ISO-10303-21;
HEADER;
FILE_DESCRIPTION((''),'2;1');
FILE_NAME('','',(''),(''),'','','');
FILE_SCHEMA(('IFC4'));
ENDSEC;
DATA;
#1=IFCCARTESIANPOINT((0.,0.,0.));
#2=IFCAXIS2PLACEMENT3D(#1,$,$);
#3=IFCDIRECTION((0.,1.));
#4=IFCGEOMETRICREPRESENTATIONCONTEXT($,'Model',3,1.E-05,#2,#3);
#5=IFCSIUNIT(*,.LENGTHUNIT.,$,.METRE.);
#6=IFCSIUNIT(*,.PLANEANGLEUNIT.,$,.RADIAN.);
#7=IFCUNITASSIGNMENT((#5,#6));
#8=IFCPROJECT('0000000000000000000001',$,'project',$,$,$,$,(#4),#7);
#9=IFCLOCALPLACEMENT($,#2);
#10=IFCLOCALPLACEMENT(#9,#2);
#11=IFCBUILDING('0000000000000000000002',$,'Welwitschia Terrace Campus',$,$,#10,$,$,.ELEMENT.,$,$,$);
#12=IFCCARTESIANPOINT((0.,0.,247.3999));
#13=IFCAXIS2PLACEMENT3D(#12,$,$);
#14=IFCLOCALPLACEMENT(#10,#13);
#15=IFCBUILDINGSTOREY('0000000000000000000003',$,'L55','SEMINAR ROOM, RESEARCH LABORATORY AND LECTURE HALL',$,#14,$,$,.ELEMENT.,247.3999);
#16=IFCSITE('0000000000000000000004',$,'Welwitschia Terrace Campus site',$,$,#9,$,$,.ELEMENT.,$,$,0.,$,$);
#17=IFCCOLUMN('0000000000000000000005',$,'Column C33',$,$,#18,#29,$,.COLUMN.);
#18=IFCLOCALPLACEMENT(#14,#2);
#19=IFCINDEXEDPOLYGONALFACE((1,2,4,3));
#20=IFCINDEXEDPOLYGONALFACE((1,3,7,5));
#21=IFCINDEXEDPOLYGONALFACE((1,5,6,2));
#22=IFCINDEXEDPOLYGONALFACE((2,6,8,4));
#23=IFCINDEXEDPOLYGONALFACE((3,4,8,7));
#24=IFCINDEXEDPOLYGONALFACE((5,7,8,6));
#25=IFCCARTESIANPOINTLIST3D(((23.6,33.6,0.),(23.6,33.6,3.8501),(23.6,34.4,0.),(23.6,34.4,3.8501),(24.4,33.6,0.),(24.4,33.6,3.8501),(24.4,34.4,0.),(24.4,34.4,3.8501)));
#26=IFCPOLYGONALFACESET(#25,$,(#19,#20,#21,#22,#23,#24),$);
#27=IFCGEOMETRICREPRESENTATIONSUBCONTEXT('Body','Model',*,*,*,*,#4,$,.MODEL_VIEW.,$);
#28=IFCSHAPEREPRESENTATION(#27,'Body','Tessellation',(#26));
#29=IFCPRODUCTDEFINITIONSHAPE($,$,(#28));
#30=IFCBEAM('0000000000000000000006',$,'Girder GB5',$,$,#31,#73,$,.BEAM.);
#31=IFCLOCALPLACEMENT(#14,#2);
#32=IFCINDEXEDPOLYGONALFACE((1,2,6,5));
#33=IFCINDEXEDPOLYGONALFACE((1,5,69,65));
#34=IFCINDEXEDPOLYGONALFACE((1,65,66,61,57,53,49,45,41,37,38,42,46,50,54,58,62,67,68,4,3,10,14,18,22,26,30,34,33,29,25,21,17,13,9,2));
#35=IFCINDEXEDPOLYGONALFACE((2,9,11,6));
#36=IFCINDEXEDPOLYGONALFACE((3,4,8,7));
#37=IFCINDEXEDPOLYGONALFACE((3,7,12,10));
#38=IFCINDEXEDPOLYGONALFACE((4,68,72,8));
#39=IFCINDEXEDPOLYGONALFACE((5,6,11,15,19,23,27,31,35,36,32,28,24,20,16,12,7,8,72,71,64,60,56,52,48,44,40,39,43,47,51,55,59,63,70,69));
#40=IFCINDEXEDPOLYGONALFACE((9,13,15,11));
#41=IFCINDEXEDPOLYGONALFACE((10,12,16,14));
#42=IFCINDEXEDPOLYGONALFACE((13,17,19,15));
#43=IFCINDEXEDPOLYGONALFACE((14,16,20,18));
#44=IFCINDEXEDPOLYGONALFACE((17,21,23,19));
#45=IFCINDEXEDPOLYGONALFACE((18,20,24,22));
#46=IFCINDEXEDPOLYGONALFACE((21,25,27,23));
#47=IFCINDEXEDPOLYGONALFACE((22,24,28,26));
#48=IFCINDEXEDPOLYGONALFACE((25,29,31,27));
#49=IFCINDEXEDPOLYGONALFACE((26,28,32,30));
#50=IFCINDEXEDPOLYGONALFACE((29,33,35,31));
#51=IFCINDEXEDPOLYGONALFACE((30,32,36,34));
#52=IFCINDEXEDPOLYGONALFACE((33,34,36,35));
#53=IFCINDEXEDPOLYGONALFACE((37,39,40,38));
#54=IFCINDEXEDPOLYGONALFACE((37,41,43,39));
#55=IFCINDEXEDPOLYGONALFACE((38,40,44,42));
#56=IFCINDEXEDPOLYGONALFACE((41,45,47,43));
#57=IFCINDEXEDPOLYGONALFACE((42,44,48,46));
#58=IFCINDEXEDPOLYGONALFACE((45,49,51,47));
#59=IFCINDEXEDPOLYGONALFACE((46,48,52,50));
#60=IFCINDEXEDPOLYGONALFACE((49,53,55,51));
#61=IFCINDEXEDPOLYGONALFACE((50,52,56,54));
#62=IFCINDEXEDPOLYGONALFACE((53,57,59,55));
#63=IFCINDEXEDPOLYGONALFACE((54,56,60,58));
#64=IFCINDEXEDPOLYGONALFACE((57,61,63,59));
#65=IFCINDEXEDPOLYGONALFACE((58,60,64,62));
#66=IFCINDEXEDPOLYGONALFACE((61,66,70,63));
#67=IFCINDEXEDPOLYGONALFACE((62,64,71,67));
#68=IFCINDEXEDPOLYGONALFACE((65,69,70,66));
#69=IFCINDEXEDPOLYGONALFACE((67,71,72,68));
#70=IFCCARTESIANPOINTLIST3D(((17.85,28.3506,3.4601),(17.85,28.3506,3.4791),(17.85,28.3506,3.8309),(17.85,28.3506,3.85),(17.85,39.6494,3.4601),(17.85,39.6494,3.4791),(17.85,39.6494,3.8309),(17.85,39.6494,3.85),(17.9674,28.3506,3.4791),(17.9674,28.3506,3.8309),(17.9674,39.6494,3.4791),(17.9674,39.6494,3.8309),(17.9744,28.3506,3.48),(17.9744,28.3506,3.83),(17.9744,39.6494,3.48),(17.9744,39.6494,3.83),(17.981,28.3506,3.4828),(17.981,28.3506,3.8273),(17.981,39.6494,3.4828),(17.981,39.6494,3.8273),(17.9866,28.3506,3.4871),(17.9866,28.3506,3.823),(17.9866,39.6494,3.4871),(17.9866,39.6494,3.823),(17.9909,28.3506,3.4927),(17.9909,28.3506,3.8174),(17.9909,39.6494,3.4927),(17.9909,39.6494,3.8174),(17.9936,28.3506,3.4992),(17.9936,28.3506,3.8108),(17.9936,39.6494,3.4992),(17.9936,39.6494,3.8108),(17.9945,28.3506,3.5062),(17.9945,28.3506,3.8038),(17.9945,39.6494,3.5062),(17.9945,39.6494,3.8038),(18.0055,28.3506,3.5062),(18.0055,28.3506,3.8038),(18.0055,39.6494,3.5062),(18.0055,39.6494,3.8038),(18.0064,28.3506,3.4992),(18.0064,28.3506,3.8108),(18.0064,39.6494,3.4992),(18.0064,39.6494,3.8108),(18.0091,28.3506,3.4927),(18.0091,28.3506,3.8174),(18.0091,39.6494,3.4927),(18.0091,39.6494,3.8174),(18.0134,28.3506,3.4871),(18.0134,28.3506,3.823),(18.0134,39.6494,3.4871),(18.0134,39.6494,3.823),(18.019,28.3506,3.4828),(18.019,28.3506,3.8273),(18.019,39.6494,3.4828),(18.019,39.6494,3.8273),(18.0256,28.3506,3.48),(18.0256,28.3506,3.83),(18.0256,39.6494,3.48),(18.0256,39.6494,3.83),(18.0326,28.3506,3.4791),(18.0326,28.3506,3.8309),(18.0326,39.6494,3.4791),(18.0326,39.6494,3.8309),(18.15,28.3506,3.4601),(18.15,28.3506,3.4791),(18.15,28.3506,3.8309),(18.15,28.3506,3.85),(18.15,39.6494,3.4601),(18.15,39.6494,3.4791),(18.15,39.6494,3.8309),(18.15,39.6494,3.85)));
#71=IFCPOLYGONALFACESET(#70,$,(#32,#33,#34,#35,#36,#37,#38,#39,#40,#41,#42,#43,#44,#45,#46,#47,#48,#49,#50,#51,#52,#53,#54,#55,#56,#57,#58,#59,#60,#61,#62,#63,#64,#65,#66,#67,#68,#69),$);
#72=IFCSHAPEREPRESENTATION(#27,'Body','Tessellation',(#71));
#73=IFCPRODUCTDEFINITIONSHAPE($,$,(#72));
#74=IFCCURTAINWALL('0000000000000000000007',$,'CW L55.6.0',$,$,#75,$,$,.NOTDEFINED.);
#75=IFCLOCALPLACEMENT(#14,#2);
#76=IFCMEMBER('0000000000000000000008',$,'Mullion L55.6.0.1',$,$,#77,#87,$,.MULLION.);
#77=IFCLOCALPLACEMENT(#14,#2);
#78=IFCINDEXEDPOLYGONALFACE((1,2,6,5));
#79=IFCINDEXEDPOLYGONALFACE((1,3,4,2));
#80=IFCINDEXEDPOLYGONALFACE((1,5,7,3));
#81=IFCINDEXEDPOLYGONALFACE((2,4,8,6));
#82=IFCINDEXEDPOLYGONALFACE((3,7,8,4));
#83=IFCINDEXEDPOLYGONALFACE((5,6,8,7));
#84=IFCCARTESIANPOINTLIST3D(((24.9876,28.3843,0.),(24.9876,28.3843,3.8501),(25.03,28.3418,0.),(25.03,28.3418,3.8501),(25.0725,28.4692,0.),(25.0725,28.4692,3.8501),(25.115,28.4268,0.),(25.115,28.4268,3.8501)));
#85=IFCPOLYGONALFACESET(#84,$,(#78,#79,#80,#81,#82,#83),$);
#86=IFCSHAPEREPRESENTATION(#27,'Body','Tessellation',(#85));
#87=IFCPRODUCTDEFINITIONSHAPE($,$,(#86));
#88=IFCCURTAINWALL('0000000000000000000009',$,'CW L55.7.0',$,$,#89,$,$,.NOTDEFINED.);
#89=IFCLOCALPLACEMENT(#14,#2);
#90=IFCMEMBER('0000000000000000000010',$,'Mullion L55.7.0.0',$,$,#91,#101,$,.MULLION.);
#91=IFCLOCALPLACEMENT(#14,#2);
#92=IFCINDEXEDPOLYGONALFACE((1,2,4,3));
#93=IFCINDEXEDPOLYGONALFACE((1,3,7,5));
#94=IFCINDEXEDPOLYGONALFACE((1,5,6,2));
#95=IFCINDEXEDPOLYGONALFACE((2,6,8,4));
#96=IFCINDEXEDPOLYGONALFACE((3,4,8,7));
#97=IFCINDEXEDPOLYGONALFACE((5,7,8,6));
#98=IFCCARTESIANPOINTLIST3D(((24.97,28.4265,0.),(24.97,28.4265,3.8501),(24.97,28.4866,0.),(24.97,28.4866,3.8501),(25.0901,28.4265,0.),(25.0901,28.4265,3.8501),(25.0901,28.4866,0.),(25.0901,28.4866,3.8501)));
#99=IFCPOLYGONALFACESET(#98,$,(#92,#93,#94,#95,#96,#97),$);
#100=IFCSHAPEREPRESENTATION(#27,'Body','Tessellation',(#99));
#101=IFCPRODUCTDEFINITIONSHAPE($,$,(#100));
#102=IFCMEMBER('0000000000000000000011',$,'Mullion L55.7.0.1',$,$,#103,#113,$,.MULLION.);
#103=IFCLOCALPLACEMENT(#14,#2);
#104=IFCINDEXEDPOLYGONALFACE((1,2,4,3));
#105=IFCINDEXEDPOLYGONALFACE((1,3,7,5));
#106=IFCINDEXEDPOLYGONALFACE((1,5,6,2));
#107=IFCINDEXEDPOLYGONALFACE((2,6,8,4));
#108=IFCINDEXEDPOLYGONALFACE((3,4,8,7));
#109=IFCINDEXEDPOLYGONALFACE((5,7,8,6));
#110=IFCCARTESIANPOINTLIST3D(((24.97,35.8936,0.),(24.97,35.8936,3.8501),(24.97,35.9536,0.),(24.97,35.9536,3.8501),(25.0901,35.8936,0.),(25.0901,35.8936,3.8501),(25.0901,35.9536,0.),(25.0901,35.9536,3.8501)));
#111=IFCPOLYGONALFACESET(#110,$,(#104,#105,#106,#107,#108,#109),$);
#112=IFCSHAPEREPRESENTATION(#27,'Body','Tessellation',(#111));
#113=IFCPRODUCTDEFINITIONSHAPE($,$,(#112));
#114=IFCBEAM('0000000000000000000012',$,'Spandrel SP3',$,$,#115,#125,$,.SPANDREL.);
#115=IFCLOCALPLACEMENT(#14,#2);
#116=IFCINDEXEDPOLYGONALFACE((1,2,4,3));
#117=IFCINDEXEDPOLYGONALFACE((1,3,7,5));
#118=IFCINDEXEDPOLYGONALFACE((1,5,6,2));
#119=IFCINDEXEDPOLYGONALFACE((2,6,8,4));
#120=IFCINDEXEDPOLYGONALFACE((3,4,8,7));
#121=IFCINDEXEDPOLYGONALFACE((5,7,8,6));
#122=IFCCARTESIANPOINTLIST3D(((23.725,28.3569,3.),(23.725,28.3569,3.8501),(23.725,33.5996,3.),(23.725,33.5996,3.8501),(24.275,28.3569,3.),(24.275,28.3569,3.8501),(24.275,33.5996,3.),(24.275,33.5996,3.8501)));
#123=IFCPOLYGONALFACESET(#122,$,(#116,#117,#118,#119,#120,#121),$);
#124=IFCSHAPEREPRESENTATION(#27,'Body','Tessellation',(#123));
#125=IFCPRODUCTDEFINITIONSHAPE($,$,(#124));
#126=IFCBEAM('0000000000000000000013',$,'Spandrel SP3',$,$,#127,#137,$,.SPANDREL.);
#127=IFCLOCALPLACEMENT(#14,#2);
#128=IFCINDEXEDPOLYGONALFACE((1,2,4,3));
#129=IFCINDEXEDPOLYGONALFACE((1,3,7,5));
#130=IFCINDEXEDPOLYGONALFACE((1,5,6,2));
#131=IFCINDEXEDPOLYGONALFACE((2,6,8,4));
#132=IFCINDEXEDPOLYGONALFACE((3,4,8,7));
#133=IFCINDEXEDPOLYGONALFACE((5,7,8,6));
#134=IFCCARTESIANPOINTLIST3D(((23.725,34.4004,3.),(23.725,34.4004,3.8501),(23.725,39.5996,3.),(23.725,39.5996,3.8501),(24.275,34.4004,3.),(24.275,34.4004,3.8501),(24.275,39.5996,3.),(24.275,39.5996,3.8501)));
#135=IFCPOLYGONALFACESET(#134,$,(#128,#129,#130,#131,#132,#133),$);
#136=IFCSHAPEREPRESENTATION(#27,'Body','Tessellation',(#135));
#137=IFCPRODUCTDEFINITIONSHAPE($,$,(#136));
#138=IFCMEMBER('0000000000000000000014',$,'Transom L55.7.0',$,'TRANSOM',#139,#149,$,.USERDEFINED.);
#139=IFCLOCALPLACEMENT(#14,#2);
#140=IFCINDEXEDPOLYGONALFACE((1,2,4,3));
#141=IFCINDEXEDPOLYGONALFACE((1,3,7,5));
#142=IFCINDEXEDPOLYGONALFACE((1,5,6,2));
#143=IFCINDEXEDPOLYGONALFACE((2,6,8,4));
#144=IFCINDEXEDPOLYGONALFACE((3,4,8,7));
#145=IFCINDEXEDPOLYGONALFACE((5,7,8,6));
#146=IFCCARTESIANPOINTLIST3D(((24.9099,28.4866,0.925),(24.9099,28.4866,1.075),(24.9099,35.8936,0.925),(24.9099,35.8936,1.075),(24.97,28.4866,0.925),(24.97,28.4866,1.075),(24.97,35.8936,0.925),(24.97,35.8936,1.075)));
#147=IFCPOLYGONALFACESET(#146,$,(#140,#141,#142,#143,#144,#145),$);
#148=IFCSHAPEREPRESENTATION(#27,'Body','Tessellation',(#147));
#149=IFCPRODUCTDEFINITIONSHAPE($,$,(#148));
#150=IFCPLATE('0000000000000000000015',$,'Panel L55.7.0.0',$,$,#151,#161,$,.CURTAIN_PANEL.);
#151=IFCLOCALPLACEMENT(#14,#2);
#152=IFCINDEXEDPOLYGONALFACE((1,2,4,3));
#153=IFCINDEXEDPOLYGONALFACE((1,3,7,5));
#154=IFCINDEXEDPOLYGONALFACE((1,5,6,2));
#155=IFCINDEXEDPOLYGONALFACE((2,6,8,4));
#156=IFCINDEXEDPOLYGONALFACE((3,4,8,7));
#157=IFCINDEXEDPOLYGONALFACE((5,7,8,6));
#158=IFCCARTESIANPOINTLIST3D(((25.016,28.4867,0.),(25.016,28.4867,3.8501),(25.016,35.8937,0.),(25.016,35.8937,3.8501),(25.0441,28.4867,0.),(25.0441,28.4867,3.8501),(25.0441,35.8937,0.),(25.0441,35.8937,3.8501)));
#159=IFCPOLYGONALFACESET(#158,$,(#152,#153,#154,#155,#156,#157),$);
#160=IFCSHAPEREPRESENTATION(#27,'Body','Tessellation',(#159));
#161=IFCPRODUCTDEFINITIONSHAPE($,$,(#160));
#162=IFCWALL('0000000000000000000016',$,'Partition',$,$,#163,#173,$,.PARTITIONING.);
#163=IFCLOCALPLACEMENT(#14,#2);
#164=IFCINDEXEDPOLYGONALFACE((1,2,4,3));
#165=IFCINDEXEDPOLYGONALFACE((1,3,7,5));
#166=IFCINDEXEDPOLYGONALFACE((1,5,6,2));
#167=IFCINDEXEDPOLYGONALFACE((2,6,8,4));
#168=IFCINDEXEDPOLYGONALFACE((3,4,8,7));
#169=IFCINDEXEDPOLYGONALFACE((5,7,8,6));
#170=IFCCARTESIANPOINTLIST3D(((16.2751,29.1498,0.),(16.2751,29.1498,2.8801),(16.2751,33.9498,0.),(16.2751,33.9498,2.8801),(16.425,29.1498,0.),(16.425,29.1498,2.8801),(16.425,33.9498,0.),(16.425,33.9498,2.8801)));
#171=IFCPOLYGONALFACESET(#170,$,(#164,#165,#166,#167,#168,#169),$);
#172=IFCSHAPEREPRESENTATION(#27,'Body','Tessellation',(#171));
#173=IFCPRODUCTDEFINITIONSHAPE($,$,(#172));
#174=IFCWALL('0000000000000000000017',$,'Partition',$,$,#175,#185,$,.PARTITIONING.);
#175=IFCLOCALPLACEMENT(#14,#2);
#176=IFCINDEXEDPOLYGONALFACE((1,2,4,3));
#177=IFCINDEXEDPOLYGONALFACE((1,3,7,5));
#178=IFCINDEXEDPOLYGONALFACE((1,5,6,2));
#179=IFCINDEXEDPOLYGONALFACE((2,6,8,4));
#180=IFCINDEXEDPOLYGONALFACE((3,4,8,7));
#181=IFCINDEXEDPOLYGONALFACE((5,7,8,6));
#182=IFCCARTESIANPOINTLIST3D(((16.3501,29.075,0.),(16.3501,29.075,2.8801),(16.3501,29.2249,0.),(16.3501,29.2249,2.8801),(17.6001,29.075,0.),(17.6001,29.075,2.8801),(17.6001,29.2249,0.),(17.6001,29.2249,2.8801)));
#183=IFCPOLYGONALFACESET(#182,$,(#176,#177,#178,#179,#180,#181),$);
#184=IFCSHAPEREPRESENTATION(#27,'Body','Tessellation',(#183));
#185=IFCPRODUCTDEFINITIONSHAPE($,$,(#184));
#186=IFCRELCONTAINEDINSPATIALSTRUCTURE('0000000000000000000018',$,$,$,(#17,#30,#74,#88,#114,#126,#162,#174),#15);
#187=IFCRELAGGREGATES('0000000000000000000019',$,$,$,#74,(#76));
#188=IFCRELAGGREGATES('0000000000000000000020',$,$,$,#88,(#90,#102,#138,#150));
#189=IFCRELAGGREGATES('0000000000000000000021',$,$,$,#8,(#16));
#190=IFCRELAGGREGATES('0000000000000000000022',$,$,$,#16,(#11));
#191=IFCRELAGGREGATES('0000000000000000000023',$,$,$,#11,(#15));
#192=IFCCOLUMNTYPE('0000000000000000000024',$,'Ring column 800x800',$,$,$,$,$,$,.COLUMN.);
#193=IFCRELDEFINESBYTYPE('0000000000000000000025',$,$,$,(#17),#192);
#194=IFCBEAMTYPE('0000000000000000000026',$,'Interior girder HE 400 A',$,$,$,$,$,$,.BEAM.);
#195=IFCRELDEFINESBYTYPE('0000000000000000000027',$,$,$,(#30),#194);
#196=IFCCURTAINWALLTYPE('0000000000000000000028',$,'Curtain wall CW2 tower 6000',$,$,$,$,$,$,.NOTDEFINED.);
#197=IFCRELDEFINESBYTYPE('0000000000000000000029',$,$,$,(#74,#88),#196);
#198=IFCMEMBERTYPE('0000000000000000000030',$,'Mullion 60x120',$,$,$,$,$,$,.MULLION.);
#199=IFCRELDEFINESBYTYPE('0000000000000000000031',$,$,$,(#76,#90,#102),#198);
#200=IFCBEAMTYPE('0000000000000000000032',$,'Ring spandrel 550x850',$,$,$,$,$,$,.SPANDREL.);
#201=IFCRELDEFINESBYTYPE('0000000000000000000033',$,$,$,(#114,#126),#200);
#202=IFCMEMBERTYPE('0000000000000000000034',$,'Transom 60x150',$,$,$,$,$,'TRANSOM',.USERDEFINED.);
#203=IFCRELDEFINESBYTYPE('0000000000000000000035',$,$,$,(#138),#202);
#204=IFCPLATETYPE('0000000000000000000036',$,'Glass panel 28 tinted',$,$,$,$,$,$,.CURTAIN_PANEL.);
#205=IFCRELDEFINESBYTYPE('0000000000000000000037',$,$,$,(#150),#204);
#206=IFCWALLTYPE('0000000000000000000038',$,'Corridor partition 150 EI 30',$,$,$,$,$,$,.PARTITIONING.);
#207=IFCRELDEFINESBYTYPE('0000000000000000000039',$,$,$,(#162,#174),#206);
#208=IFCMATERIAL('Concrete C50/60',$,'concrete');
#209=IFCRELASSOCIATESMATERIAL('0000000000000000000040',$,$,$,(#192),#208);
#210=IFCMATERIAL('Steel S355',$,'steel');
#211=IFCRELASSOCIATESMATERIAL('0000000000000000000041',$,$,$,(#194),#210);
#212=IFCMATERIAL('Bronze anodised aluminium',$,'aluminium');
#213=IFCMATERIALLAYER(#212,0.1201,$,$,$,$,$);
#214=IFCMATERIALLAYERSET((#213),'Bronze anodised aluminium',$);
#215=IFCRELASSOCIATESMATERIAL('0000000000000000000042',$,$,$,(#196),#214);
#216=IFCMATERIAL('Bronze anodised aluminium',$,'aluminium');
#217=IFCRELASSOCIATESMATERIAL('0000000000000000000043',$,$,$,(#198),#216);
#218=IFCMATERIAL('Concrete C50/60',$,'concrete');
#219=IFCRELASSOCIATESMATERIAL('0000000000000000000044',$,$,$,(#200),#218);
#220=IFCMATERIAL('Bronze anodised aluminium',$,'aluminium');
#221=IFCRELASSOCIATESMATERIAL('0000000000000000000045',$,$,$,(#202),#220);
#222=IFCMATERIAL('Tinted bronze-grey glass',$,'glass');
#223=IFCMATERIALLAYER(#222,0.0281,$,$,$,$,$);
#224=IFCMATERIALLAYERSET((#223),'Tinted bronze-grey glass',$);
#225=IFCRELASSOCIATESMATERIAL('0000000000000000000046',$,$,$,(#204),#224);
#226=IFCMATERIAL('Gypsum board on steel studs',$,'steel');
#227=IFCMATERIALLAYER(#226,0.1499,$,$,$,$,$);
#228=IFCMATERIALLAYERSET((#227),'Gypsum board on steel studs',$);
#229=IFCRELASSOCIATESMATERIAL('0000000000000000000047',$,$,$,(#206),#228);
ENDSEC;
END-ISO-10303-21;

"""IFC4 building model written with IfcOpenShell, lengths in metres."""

from ifc_helpers import new_model, si_unit, direction, frame, frame_2d, origin, origin_2d, place, context, subcontext, project, spatial, rectangle, i_section, extrude, material, layer, layer_set, material_profile, profile_set, type_object, element, aggregate, save


model = new_model("IFC4")

# Units and contexts
model_context = context("Model", 3, precision=1e-05, world=origin(), true_north=direction((0.0, 1.0)))
body_context = subcontext(model_context, "Body", "Model", "MODEL_VIEW")
ifc_project = project(units=[si_unit("LENGTHUNIT", "METRE"), si_unit("PLANEANGLEUNIT", "RADIAN")], contexts=[model_context])

# Site, building, storey
site_placement = place(None, origin())
site = spatial("IfcSite", under=ifc_project, at=site_placement, Name="Welwitschia Terrace Campus site", CompositionType="ELEMENT", RefElevation=0.0)
building_placement = place(site_placement, origin())
building = spatial("IfcBuilding", under=site, at=building_placement, Name="Welwitschia Terrace Campus", CompositionType="ELEMENT")
storey_placement = place(building_placement, frame((0.0, 0.0, 247.3999)))
storey = spatial("IfcBuildingStorey", under=building, at=storey_placement, Name="L55", Description="SEMINAR ROOM, RESEARCH LABORATORY AND LECTURE HALL", CompositionType="ELEMENT", Elevation=247.3999)

# Column
ifc_material_1 = material(Name="Concrete C50/60", Category="concrete")
ifc_material_profile_1 = material_profile(ifc_material_1, rectangle(XDim=0.8, YDim=0.8, at=origin_2d()))
ifc_profile_set_1 = profile_set([ifc_material_profile_1], Name="Concrete C50/60")
column_type = type_object("IfcColumnType", Name="Ring column 800x800", PredefinedType="COLUMN", material=ifc_profile_set_1)
column_placement = place(storey_placement, frame((24.0, 34.0, 0.0), z_axis=(0.0, 0.0, 1.0), x_axis=(1.0, 0.0, 0.0)))
element("IfcColumn", 1, at=column_placement, inside=storey, type_object=column_type, Name="Column C33", PredefinedType="COLUMN", context=body_context, shape_type="SweptSolid", body=[
    extrude(rectangle(XDim=0.8, YDim=0.8, at=origin_2d()), origin(), (0.0, 0.0, 1.0), 3.8501),
])

# Beam
ifc_material_2 = material(Name="Steel S355", Category="steel")
ifc_material_profile_2 = material_profile(ifc_material_2, i_section(OverallWidth=0.3, OverallDepth=0.3899, WebThickness=0.011, FlangeThickness=0.019, FilletRadius=0.0271, at=origin_2d()))
ifc_profile_set_2 = profile_set([ifc_material_profile_2], Name="Steel S355")
beam_type_1 = type_object("IfcBeamType", Name="Interior girder HE 400 A", PredefinedType="BEAM", material=ifc_profile_set_2)
beam_1_placement = place(storey_placement, frame((18.0, 28.3506, 3.655), z_axis=(0.0, 1.0, 0.0), x_axis=(-1.0, 0.0, 0.0)))
element("IfcBeam", 2, at=beam_1_placement, inside=storey, type_object=beam_type_1, Name="Girder GB5", PredefinedType="BEAM", context=body_context, shape_type="SweptSolid", body=[
    extrude(i_section(OverallWidth=0.3, OverallDepth=0.3899, WebThickness=0.011, FlangeThickness=0.019, FilletRadius=0.0271, at=origin_2d()), origin(), (0.0, 0.0, 1.0), 11.2988),
])

# Curtain wall, member
ifc_material_3 = material(Name="Bronze anodised aluminium", Category="aluminium")
ifc_layer_1 = layer(ifc_material_3, 0.1201)
ifc_layer_set_1 = layer_set([ifc_layer_1], Name="Bronze anodised aluminium")
curtain_wall_type = type_object("IfcCurtainWallType", Name="Curtain wall CW2 tower 6000", PredefinedType="NOTDEFINED", material=ifc_layer_set_1)
curtain_wall_1_placement = place(storey_placement, origin())
curtain_wall_1 = element("IfcCurtainWall", 3, at=curtain_wall_1_placement, inside=storey, type_object=curtain_wall_type, Name="CW L55.6.0", PredefinedType="NOTDEFINED")
ifc_material_4 = material(Name="Bronze anodised aluminium", Category="aluminium")
ifc_material_profile_3 = material_profile(ifc_material_4, rectangle(XDim=0.1201, YDim=0.0601, at=origin_2d()))
ifc_profile_set_3 = profile_set([ifc_material_profile_3], Name="Bronze anodised aluminium")
member_type_1 = type_object("IfcMemberType", Name="Mullion 60x120", PredefinedType="MULLION", material=ifc_profile_set_3)
member_1_placement = place(storey_placement, frame((25.0513, 28.4055, 0.0), z_axis=(0.0, 0.0, 1.0), x_axis=(-0.707107, -0.707107, 0.0)))
member_1 = element("IfcMember", 4, at=member_1_placement, type_object=member_type_1, Name="Mullion L55.6.0.1", PredefinedType="MULLION", context=body_context, shape_type="SweptSolid", body=[
    extrude(rectangle(XDim=0.1201, YDim=0.0601, at=origin_2d()), origin(), (0.0, 0.0, 1.0), 3.8501),
])
aggregate(curtain_wall_1, [member_1])

# Curtain wall, members
curtain_wall_2_placement = place(storey_placement, origin())
curtain_wall_2 = element("IfcCurtainWall", 5, at=curtain_wall_2_placement, inside=storey, type_object=curtain_wall_type, Name="CW L55.7.0", PredefinedType="NOTDEFINED")
member_2_placement = place(storey_placement, frame((25.03, 28.4565, 0.0), z_axis=(0.0, 0.0, 1.0), x_axis=(-1.0, 0.0, 0.0)))
member_2 = element("IfcMember", 6, at=member_2_placement, type_object=member_type_1, Name="Mullion L55.7.0.0", PredefinedType="MULLION", context=body_context, shape_type="SweptSolid", body=[
    extrude(rectangle(XDim=0.1201, YDim=0.0601, at=origin_2d()), origin(), (0.0, 0.0, 1.0), 3.8501),
])
member_3_placement = place(storey_placement, frame((25.03, 35.9236, 0.0), z_axis=(0.0, 0.0, 1.0), x_axis=(-1.0, 0.0, 0.0)))
member_3 = element("IfcMember", 7, at=member_3_placement, type_object=member_type_1, Name="Mullion L55.7.0.1", PredefinedType="MULLION", context=body_context, shape_type="SweptSolid", body=[
    extrude(rectangle(XDim=0.1201, YDim=0.0601, at=origin_2d()), origin(), (0.0, 0.0, 1.0), 3.8501),
])

# Beams
ifc_material_5 = material(Name="Concrete C50/60", Category="concrete")
ifc_material_profile_4 = material_profile(ifc_material_5, rectangle(XDim=0.55, YDim=0.8501, at=origin_2d()))
ifc_profile_set_4 = profile_set([ifc_material_profile_4], Name="Concrete C50/60")
beam_type_2 = type_object("IfcBeamType", Name="Ring spandrel 550x850", PredefinedType="SPANDREL", material=ifc_profile_set_4)
beam_2_placement = place(storey_placement, frame((24.0, 28.3569, 3.425), z_axis=(0.0, 1.0, 0.0), x_axis=(-1.0, 0.0, 0.0)))
element("IfcBeam", 8, at=beam_2_placement, inside=storey, type_object=beam_type_2, Name="Spandrel SP3", PredefinedType="SPANDREL", context=body_context, shape_type="SweptSolid", body=[
    extrude(rectangle(XDim=0.55, YDim=0.8501, at=origin_2d()), origin(), (0.0, 0.0, 1.0), 5.2427),
])
beam_3_placement = place(storey_placement, frame((24.0, 34.4004, 3.425), z_axis=(0.0, 1.0, 0.0), x_axis=(-1.0, 0.0, 0.0)))
element("IfcBeam", 9, at=beam_3_placement, inside=storey, type_object=beam_type_2, Name="Spandrel SP3", PredefinedType="SPANDREL", context=body_context, shape_type="SweptSolid", body=[
    extrude(rectangle(XDim=0.55, YDim=0.8501, at=origin_2d()), origin(), (0.0, 0.0, 1.0), 5.1992),
])

# Member
ifc_material_6 = material(Name="Bronze anodised aluminium", Category="aluminium")
ifc_material_profile_5 = material_profile(ifc_material_6, rectangle(XDim=0.0601, YDim=0.1499, at=origin_2d()))
ifc_profile_set_5 = profile_set([ifc_material_profile_5], Name="Bronze anodised aluminium")
member_type_2 = type_object("IfcMemberType", Name="Transom 60x150", ElementType="TRANSOM", PredefinedType="USERDEFINED", material=ifc_profile_set_5)
member_4_placement = place(storey_placement, frame((24.9399, 28.4866, 1.0), z_axis=(0.0, 1.0, 0.0), x_axis=(-1.0, 0.0, 0.0)))
member_4 = element("IfcMember", 10, at=member_4_placement, type_object=member_type_2, Name="Transom L55.7.0", ObjectType="TRANSOM", PredefinedType="USERDEFINED", context=body_context, shape_type="SweptSolid", body=[
    extrude(rectangle(XDim=0.0601, YDim=0.1499, at=origin_2d()), origin(), (0.0, 0.0, 1.0), 7.407),
])

# Plate
ifc_material_7 = material(Name="Tinted bronze-grey glass", Category="glass")
ifc_layer_2 = layer(ifc_material_7, 0.0281)
ifc_layer_set_2 = layer_set([ifc_layer_2], Name="Tinted bronze-grey glass")
plate_type = type_object("IfcPlateType", Name="Glass panel 28 tinted", PredefinedType="CURTAIN_PANEL", material=ifc_layer_set_2)
plate_placement = place(storey_placement, frame((25.03, 32.1902, 0.0), z_axis=(0.0, 0.0, 1.0), x_axis=(0.0, 1.0, 0.0)))
plate = element("IfcPlate", 11, at=plate_placement, type_object=plate_type, Name="Panel L55.7.0.0", PredefinedType="CURTAIN_PANEL", context=body_context, shape_type="SweptSolid", body=[
    extrude(rectangle(XDim=7.407, YDim=0.0281, at=origin_2d()), origin(), (0.0, 0.0, 1.0), 3.8501),
])
aggregate(curtain_wall_2, [member_2, member_3, member_4, plate])

# Walls
ifc_material_8 = material(Name="Gypsum board on steel studs", Category="steel")
ifc_layer_3 = layer(ifc_material_8, 0.1499)
ifc_layer_set_3 = layer_set([ifc_layer_3], Name="Gypsum board on steel studs")
wall_type = type_object("IfcWallType", Name="Corridor partition 150 EI 30", PredefinedType="PARTITIONING", material=ifc_layer_set_3)
wall_1_placement = place(storey_placement, frame((16.3501, 29.1499, 0.0), z_axis=(0.0, 0.0, 1.0), x_axis=(0.0, 1.0, 0.0)))
element("IfcWall", 12, at=wall_1_placement, inside=storey, type_object=wall_type, Name="Partition", PredefinedType="PARTITIONING", context=body_context, shape_type="SweptSolid", body=[
    extrude(rectangle(XDim=4.8, YDim=0.1499, at=frame_2d((2.3999, 0.0))), origin(), (0.0, 0.0, 1.0), 2.8801),
])
wall_2_placement = place(storey_placement, frame((16.3501, 29.1499, 0.0), z_axis=(0.0, 0.0, 1.0), x_axis=(1.0, 0.0, 0.0)))
element("IfcWall", 13, at=wall_2_placement, inside=storey, type_object=wall_type, Name="Partition", PredefinedType="PARTITIONING", context=body_context, shape_type="SweptSolid", body=[
    extrude(rectangle(XDim=1.25, YDim=0.1499, at=frame_2d((0.625, 0.0))), origin(), (0.0, 0.0, 1.0), 2.8801),
])

save(model, "model.ifc")
